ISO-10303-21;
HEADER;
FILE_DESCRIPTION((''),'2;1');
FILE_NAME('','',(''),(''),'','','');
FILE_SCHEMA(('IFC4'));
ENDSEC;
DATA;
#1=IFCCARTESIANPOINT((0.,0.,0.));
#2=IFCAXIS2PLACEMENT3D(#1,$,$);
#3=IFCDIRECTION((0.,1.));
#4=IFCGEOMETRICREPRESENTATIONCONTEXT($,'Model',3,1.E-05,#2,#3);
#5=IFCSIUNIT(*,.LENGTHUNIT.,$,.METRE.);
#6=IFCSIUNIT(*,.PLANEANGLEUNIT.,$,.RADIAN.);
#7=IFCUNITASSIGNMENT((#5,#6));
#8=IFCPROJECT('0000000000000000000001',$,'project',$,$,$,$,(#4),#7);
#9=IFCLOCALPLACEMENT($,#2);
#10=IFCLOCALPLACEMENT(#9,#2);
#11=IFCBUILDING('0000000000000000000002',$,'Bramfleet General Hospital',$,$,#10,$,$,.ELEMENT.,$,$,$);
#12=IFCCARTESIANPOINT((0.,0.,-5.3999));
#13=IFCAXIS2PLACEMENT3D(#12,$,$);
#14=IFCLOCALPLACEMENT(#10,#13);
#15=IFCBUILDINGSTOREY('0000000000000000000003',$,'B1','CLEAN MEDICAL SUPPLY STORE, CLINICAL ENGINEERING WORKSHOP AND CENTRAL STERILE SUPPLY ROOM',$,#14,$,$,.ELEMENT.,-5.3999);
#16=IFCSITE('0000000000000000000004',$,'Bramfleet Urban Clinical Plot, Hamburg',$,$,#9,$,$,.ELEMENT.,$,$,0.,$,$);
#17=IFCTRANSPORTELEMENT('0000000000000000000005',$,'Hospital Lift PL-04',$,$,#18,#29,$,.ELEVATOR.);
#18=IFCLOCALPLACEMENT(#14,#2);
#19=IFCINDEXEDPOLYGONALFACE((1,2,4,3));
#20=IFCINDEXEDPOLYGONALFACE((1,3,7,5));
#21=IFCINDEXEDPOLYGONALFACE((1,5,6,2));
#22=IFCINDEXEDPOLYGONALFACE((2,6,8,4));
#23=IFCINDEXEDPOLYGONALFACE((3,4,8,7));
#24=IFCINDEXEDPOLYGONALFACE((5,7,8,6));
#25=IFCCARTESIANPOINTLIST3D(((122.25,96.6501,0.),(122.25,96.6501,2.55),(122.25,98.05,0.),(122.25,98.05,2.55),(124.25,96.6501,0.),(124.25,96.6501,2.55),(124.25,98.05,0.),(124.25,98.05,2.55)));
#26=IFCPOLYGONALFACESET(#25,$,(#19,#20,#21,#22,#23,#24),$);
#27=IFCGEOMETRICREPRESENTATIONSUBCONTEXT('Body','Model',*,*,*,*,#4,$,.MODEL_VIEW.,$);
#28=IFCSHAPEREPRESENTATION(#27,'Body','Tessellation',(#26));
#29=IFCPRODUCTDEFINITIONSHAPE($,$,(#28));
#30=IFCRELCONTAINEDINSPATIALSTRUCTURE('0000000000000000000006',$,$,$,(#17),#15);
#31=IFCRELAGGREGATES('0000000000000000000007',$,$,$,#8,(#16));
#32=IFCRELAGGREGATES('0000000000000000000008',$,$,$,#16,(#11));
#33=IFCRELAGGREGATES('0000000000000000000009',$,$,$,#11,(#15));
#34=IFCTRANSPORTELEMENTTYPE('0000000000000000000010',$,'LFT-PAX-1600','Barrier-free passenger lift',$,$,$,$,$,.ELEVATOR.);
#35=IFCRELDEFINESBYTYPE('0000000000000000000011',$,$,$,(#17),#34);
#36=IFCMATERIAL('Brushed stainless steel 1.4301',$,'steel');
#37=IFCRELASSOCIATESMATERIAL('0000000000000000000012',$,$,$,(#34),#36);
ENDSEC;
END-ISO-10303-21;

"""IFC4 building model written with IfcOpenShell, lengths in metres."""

from ifc_helpers import new_model, si_unit, direction, frame, origin, origin_2d, place, context, subcontext, project, spatial, rectangle, extrude, material, type_object, element, save


model = new_model("IFC4")

# Units and contexts
model_context = context("Model", 3, precision=1e-05, world=origin(), true_north=direction((0.0, 1.0)))
body_context = subcontext(model_context, "Body", "Model", "MODEL_VIEW")
ifc_project = project(units=[si_unit("LENGTHUNIT", "METRE"), si_unit("PLANEANGLEUNIT", "RADIAN")], contexts=[model_context])

# Site, building, storey
site_placement = place(None, origin())
site = spatial("IfcSite", under=ifc_project, at=site_placement, Name="Bramfleet Urban Clinical Plot, Hamburg", CompositionType="ELEMENT", RefElevation=0.0)
building_placement = place(site_placement, origin())
building = spatial("IfcBuilding", under=site, at=building_placement, Name="Bramfleet General Hospital", CompositionType="ELEMENT")
storey_placement = place(building_placement, frame((0.0, 0.0, -5.3999)))
storey = spatial("IfcBuildingStorey", under=building, at=storey_placement, Name="B1", Description="CLEAN MEDICAL SUPPLY STORE, CLINICAL ENGINEERING WORKSHOP AND CENTRAL STERILE SUPPLY ROOM", CompositionType="ELEMENT", Elevation=-5.3999)

# Shared definitions
ifc_material_1 = material(Name="Brushed stainless steel 1.4301", Category="steel")

# Transport element
transport_element_type_1 = type_object("IfcTransportElementType", Name="LFT-PAX-1600", Description="Barrier-free passenger lift", PredefinedType="ELEVATOR", material=ifc_material_1)
transport_element_1_placement = place(storey_placement, frame((123.25, 97.3501, 0.0), z_axis=(0.0, 0.0, 1.0), x_axis=(1.0, 0.0, 0.0)))
element("IfcTransportElement", 1, at=transport_element_1_placement, inside=storey, type_object=transport_element_type_1, Name="Hospital Lift PL-04", PredefinedType="ELEVATOR", context=body_context, shape_type="SweptSolid", body=[
    extrude(rectangle(XDim=2.0, YDim=1.3999, at=origin_2d()), origin(), (0.0, 0.0, 1.0), 2.55),
])

save(model, "model.ifc")
